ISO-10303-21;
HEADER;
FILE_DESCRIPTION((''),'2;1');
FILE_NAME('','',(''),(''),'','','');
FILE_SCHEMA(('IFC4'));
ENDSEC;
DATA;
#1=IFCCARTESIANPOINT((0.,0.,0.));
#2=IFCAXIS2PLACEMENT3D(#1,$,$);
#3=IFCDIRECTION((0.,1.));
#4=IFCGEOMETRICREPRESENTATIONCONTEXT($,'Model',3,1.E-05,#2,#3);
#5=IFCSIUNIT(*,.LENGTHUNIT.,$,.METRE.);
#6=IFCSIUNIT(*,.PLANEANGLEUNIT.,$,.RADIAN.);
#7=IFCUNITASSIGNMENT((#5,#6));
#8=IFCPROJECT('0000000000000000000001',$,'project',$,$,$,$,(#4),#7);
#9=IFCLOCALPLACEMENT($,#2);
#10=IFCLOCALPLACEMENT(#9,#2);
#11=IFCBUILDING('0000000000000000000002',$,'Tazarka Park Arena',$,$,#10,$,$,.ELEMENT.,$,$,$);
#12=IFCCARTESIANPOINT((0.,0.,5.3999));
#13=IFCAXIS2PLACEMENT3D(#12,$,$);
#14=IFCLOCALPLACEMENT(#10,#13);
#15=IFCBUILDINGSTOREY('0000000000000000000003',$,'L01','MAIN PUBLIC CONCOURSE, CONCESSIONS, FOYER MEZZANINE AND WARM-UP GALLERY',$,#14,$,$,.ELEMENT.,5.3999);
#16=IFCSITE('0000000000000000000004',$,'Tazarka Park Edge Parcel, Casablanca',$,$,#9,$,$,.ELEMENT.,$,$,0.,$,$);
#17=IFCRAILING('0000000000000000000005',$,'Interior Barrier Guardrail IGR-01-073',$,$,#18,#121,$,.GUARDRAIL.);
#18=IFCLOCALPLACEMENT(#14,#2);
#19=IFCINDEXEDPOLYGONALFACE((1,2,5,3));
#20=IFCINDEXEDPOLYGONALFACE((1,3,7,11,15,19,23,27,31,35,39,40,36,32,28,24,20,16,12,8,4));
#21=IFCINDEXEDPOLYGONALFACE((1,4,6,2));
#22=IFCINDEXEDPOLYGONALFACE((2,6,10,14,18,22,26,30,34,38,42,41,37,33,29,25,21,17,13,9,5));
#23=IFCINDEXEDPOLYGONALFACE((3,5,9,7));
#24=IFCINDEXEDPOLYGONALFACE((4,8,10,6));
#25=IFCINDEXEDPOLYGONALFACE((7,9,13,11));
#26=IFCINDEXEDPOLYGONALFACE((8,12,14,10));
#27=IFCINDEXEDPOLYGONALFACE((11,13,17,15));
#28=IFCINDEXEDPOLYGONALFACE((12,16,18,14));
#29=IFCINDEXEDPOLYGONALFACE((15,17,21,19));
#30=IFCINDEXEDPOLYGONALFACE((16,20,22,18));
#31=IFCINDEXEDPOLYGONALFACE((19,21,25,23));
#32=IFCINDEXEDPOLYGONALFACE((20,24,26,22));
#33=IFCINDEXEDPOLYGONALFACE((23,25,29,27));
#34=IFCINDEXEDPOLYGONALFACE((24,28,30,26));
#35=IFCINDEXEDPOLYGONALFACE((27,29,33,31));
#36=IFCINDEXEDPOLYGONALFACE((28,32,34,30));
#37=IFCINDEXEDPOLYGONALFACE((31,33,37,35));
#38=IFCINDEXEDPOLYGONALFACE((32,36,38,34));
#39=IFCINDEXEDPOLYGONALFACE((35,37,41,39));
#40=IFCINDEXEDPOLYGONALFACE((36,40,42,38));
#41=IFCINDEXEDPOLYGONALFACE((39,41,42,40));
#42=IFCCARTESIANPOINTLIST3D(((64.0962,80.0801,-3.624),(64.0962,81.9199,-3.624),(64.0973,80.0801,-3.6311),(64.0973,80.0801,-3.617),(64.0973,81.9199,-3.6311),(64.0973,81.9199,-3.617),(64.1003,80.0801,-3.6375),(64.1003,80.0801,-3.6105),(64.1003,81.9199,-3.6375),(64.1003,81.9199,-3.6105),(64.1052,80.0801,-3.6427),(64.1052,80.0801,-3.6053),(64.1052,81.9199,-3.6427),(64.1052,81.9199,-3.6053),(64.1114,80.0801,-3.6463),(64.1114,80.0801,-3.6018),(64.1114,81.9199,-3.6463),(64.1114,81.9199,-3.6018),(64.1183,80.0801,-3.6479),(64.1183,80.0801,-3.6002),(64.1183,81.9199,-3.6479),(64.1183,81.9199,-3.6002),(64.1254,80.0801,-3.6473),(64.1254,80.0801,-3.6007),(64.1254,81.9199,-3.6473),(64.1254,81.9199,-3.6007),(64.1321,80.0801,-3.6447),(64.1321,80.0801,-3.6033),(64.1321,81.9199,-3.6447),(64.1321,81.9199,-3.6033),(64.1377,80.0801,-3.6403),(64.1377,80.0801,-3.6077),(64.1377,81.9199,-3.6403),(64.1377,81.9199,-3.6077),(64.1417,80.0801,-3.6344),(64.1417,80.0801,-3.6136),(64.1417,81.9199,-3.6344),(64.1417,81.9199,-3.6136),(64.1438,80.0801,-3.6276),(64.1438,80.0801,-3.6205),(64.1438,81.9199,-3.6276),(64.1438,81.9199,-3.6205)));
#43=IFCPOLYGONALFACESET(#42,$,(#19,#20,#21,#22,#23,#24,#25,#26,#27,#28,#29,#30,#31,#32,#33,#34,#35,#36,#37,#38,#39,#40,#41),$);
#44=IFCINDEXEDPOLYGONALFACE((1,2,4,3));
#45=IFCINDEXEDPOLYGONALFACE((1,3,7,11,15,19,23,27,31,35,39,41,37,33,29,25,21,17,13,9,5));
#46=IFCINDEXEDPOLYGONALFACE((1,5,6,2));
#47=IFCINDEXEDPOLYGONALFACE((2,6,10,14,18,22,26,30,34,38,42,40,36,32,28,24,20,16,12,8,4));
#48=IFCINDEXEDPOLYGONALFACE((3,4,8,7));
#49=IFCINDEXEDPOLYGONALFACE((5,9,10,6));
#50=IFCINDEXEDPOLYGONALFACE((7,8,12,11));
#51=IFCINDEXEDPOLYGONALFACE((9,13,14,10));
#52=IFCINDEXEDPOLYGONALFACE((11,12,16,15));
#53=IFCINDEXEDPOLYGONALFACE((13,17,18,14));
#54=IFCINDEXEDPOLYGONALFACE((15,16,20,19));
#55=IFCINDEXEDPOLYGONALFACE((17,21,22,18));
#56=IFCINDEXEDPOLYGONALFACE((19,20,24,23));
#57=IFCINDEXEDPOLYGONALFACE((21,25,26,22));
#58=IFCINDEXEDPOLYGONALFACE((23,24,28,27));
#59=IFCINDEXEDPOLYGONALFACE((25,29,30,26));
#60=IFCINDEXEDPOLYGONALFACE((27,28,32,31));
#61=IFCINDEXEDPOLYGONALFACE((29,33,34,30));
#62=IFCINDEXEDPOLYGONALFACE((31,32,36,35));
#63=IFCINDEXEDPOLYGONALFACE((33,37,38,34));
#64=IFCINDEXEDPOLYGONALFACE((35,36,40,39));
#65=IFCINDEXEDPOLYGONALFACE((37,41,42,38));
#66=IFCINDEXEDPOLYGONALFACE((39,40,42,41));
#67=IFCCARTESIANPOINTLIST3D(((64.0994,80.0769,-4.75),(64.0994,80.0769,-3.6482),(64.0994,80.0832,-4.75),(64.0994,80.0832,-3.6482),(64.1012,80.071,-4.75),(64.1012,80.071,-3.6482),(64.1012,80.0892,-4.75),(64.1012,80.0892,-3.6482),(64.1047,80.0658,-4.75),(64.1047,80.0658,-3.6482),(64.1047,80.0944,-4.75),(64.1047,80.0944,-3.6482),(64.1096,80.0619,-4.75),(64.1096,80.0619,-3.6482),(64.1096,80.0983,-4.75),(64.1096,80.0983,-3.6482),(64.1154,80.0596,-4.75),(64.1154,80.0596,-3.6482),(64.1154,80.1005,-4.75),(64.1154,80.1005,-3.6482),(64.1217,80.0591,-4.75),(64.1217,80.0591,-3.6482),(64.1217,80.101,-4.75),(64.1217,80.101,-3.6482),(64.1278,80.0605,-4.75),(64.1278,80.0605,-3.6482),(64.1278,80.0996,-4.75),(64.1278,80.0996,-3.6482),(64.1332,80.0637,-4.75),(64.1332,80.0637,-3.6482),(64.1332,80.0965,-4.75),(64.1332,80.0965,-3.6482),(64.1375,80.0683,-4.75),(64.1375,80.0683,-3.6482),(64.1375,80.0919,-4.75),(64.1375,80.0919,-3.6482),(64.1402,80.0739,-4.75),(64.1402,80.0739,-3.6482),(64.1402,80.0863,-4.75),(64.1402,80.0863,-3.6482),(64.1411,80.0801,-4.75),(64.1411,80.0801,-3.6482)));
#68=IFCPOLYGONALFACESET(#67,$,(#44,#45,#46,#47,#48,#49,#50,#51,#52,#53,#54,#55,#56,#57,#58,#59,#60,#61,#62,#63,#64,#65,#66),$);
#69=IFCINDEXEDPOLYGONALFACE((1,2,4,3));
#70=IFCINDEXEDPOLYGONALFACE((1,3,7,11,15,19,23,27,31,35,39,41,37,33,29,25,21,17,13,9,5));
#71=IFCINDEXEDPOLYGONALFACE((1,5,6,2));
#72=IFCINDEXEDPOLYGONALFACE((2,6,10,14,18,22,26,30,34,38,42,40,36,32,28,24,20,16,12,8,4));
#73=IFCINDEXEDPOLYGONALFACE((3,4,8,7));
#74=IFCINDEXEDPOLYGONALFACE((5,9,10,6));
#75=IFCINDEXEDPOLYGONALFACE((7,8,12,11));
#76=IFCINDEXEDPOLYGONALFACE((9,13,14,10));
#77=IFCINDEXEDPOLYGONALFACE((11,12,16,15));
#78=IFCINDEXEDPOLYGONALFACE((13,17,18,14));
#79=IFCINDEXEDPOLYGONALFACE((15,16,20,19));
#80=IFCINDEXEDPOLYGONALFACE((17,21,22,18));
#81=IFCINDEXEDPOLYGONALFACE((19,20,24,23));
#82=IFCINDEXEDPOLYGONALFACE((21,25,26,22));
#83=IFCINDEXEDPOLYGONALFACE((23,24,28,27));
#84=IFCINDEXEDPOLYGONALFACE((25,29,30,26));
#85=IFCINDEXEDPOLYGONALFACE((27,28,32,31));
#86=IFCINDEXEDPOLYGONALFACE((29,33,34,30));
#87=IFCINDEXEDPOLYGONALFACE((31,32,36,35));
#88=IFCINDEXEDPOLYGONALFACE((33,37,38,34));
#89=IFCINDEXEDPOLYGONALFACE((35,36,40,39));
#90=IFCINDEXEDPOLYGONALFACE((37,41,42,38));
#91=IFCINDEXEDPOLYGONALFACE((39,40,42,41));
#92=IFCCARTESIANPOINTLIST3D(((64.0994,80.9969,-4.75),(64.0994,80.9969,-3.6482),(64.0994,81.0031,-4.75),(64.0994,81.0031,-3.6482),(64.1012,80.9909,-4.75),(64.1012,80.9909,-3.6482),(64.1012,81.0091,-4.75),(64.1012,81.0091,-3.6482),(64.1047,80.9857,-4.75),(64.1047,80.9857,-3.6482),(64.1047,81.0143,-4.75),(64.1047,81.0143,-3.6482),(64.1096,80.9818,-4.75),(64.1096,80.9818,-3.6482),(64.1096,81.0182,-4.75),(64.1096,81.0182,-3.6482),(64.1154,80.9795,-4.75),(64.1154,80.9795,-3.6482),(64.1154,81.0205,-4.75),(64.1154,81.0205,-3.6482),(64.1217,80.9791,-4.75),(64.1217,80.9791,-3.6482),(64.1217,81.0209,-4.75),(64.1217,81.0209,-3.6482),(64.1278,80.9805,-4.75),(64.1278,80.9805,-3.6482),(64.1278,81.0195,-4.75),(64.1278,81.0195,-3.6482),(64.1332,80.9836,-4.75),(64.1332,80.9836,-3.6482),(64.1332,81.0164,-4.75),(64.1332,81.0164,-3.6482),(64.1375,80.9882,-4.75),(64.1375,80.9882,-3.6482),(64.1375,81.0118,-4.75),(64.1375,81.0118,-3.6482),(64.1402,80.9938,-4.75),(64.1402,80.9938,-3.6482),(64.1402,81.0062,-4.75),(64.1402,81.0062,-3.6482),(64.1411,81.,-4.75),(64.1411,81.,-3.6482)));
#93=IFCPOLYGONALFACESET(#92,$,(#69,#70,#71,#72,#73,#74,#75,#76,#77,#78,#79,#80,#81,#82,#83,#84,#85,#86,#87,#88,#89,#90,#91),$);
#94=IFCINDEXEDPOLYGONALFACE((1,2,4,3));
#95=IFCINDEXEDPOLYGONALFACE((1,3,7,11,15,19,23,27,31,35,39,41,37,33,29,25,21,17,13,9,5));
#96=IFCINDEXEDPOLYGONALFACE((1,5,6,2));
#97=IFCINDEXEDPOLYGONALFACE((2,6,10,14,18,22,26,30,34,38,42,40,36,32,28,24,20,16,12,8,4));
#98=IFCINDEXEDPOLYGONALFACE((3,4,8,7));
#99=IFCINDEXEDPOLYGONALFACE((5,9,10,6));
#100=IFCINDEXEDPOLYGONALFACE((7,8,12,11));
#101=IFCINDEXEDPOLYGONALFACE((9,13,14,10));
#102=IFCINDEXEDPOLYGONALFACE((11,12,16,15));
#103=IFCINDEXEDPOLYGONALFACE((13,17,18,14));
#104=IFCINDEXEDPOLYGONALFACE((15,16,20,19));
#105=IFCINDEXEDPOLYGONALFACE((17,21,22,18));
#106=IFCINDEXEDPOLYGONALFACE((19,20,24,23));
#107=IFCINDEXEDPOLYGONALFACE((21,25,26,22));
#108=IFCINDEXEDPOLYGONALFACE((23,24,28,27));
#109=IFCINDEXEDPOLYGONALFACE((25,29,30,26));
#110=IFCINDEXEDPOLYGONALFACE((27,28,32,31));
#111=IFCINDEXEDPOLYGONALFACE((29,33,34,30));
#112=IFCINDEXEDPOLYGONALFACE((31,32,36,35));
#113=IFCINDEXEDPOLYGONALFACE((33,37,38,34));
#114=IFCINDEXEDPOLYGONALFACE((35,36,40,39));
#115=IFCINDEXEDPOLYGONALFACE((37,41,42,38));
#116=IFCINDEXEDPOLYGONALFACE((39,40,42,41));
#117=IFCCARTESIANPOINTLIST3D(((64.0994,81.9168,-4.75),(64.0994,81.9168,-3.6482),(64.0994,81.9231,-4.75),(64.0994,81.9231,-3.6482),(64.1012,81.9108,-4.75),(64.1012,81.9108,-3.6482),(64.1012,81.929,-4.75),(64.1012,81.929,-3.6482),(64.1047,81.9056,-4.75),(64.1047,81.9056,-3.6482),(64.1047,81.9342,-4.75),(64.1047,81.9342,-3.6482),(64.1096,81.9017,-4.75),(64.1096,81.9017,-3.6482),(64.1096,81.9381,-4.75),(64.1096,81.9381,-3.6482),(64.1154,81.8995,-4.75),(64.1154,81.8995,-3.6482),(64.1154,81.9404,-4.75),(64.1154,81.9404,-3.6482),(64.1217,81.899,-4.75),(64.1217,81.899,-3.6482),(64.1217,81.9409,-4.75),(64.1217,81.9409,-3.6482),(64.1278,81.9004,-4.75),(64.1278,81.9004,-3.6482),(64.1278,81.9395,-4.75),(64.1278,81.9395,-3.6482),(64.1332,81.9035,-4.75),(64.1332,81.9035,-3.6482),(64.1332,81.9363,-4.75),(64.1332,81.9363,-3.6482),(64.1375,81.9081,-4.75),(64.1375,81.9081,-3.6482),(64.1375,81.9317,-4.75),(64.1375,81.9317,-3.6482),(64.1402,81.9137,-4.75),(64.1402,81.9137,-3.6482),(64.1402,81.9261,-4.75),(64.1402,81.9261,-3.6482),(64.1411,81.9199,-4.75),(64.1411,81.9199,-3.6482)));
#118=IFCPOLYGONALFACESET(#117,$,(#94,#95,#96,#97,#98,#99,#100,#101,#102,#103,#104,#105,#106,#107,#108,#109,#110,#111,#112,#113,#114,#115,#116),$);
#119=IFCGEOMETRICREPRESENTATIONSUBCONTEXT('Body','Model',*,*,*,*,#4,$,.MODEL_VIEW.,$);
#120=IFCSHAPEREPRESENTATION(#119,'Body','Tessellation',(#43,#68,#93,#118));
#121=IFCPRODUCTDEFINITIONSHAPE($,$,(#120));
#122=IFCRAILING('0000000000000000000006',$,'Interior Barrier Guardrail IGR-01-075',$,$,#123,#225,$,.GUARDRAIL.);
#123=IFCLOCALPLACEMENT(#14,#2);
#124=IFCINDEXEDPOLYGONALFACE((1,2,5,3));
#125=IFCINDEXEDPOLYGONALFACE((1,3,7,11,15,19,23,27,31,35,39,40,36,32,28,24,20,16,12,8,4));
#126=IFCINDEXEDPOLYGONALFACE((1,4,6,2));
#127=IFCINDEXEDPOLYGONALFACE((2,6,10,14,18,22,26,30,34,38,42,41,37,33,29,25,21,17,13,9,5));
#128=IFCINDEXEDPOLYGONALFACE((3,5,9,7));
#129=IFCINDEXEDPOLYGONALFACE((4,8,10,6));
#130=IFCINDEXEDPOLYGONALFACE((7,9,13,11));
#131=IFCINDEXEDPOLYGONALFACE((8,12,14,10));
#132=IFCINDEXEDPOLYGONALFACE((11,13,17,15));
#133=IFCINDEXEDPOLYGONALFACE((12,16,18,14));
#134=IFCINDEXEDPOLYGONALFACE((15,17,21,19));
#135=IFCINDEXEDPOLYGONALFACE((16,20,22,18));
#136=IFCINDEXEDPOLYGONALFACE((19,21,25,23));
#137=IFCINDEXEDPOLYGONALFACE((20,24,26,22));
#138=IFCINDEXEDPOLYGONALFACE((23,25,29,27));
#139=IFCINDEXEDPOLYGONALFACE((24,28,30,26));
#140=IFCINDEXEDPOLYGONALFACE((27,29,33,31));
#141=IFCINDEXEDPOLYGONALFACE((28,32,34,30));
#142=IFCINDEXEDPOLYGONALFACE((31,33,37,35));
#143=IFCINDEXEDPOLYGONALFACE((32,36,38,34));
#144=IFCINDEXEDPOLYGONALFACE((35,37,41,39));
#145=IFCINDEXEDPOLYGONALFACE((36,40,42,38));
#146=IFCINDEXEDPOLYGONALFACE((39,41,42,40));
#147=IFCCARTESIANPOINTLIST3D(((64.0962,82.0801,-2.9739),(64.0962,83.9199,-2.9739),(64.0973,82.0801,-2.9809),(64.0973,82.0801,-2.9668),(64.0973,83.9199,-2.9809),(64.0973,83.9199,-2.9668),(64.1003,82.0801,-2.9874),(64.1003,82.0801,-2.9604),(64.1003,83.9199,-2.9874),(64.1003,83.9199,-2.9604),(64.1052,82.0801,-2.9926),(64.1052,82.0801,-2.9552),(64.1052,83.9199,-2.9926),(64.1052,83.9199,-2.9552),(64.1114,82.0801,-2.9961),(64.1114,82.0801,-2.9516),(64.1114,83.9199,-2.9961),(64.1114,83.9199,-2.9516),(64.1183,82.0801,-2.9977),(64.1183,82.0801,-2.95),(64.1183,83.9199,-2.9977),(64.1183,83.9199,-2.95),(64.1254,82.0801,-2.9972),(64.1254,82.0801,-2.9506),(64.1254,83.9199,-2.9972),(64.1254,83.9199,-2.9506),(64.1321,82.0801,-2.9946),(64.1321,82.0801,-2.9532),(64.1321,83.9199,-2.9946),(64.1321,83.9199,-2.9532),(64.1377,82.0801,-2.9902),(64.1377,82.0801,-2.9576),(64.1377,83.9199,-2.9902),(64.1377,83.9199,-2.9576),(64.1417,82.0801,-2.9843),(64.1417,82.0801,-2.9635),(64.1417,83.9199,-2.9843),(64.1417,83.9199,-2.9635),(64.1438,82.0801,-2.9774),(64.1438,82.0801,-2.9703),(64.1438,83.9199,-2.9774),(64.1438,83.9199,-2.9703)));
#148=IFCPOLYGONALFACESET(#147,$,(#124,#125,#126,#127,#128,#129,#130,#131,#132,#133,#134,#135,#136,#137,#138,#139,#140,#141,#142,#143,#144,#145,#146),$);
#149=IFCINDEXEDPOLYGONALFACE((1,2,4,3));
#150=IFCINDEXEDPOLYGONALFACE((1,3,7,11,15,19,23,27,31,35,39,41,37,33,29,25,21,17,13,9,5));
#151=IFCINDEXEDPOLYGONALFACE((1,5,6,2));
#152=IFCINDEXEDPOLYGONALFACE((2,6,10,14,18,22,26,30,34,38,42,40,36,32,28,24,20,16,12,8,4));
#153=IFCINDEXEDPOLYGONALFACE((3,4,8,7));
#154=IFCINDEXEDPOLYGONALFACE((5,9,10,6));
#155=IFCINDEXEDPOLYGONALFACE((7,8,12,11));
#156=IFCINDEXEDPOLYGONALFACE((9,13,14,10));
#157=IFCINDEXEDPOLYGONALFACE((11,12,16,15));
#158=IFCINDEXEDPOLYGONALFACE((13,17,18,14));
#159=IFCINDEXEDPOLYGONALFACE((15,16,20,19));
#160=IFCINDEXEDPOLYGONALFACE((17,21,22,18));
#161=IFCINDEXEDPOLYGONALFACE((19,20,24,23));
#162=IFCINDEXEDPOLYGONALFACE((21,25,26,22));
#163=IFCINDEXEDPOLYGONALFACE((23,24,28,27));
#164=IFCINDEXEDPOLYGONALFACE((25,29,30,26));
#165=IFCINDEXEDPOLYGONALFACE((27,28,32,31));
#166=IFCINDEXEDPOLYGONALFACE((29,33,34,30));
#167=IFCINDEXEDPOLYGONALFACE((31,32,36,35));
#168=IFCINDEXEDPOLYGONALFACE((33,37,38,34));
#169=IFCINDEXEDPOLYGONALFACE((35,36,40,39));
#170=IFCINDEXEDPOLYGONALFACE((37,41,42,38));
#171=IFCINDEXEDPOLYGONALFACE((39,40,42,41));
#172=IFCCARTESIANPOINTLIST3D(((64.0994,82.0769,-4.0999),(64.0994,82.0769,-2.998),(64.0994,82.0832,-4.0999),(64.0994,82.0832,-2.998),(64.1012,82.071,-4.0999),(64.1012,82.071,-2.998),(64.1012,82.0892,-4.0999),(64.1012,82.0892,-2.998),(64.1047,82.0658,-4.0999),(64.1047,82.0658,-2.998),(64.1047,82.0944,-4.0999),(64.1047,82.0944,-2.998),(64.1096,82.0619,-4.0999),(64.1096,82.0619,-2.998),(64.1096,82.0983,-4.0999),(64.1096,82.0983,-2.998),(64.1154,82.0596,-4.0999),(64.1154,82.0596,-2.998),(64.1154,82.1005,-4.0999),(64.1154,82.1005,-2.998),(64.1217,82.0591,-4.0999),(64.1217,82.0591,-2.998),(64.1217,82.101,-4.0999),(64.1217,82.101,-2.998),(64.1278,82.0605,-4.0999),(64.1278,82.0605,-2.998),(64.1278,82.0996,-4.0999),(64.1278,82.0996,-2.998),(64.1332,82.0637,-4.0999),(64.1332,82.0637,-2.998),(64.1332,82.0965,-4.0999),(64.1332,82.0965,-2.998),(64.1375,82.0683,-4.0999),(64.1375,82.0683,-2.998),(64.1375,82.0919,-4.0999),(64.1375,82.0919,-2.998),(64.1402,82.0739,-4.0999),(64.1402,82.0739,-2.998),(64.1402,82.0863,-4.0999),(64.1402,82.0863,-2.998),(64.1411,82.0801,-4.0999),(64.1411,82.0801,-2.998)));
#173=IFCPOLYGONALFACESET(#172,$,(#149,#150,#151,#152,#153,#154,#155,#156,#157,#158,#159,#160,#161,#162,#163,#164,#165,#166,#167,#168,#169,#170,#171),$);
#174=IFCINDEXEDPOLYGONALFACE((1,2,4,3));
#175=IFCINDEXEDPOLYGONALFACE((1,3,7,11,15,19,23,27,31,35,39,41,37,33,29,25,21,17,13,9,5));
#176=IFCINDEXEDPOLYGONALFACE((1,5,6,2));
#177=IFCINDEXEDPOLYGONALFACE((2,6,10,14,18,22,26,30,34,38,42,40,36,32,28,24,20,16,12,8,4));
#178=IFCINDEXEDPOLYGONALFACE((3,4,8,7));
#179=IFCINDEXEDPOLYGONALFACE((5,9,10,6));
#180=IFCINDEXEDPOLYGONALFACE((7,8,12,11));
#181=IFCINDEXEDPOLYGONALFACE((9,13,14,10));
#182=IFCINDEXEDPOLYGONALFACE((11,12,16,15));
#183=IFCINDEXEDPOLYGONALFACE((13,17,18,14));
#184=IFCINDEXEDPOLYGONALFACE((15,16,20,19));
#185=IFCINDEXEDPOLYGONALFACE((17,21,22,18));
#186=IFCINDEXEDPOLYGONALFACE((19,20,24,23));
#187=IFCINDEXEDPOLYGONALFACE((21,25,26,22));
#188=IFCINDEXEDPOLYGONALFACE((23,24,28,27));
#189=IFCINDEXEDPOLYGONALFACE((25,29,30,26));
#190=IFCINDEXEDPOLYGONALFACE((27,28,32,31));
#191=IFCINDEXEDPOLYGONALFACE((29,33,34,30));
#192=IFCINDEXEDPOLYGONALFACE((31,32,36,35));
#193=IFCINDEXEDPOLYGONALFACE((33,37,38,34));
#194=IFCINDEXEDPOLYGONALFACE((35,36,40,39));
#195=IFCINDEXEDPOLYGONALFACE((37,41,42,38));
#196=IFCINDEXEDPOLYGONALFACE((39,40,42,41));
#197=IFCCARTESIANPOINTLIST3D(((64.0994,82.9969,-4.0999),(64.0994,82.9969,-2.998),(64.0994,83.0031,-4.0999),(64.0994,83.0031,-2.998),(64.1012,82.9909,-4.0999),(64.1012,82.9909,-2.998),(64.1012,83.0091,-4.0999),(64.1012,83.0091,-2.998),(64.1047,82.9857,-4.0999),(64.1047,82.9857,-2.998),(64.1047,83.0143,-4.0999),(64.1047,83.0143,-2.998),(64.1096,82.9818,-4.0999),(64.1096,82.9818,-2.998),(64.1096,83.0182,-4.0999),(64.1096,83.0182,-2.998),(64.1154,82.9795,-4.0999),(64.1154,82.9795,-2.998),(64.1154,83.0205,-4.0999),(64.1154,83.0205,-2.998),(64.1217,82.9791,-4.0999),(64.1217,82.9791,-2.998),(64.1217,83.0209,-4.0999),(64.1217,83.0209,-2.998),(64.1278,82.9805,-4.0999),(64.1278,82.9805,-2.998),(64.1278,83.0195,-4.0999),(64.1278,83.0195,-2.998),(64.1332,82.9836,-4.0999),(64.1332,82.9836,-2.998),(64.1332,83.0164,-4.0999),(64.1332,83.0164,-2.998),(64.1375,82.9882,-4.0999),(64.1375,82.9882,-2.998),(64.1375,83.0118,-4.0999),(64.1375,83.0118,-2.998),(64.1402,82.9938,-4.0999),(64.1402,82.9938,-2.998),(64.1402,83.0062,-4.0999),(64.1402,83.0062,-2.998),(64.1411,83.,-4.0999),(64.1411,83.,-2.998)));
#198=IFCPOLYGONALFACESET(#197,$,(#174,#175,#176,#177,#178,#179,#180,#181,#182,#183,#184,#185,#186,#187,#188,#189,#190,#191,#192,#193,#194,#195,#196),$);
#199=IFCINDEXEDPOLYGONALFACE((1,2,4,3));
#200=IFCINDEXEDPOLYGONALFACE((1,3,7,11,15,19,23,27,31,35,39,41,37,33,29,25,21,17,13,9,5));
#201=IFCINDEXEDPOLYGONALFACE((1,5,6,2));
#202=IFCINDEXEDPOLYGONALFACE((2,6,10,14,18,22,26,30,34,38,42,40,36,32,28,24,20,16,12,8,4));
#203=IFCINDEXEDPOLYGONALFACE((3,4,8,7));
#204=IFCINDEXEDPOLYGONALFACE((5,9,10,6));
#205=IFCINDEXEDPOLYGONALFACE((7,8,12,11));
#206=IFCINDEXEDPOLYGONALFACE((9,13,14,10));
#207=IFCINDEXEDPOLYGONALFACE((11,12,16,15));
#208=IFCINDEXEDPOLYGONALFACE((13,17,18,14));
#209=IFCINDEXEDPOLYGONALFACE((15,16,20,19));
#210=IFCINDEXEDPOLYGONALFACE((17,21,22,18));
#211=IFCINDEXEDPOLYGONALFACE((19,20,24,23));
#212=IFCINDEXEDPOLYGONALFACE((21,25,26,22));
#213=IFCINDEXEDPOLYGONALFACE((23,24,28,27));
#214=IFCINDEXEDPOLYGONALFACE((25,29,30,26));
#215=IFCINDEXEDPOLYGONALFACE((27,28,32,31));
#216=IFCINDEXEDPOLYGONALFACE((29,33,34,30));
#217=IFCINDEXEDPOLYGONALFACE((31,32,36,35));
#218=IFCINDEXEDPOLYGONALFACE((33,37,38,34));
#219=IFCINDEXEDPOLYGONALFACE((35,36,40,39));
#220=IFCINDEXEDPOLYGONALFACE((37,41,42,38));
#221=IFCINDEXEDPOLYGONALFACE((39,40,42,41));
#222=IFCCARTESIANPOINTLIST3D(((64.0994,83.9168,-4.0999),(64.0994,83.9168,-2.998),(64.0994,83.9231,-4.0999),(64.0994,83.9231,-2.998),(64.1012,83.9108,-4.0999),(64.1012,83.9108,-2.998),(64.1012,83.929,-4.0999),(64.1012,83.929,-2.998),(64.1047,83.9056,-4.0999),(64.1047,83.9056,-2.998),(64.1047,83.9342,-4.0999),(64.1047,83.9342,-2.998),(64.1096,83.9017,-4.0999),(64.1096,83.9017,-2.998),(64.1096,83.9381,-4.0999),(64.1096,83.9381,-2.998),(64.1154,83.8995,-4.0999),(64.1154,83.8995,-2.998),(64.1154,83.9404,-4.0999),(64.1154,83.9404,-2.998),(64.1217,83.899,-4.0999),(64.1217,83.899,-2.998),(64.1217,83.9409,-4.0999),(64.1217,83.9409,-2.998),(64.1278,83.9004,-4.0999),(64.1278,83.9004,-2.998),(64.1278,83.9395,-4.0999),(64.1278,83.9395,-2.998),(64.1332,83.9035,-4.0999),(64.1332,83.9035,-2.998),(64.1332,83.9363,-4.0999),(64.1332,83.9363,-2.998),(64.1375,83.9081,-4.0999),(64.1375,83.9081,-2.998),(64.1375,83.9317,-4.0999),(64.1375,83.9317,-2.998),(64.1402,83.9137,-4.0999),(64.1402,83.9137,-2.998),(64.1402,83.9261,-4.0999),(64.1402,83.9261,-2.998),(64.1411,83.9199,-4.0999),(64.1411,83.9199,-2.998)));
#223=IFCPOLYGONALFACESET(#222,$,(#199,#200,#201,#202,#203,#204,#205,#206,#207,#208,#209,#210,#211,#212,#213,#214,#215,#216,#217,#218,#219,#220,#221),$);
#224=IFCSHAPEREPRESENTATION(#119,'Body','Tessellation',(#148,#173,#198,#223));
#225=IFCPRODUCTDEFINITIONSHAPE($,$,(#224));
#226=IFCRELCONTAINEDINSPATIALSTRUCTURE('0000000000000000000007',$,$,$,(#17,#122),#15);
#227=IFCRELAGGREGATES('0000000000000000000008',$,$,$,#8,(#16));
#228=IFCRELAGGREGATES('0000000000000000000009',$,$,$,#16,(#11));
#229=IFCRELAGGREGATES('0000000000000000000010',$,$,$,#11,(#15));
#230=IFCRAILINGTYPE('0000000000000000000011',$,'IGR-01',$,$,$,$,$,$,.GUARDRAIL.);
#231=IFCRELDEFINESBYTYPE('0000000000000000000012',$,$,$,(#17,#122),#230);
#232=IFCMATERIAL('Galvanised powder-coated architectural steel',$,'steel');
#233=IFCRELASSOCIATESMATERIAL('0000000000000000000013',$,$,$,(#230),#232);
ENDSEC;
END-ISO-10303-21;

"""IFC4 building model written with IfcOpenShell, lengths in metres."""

from ifc_helpers import new_model, si_unit, direction, frame, origin, origin_2d, place, context, subcontext, project, spatial, circle, extrude, material, type_object, element, save


model = new_model("IFC4")

# Units and contexts
model_context = context("Model", 3, precision=1e-05, world=origin(), true_north=direction((0.0, 1.0)))
body_context = subcontext(model_context, "Body", "Model", "MODEL_VIEW")
ifc_project = project(units=[si_unit("LENGTHUNIT", "METRE"), si_unit("PLANEANGLEUNIT", "RADIAN")], contexts=[model_context])

# Site, building, storey
site_placement = place(None, origin())
site = spatial("IfcSite", under=ifc_project, at=site_placement, Name="Tazarka Park Edge Parcel, Casablanca", CompositionType="ELEMENT", RefElevation=0.0)
building_placement = place(site_placement, origin())
building = spatial("IfcBuilding", under=site, at=building_placement, Name="Tazarka Park Arena", CompositionType="ELEMENT")
storey_placement = place(building_placement, frame((0.0, 0.0, 5.3999)))
storey = spatial("IfcBuildingStorey", under=building, at=storey_placement, Name="L01", Description="MAIN PUBLIC CONCOURSE, CONCESSIONS, FOYER MEZZANINE AND WARM-UP GALLERY", CompositionType="ELEMENT", Elevation=5.3999)

# Railings
ifc_material_1 = material(Name="Galvanised powder-coated architectural steel", Category="steel")
railing_type = type_object("IfcRailingType", Name="IGR-01", PredefinedType="GUARDRAIL", material=ifc_material_1)
for number, where, name in (
    (1, (64.1201, 80.0801, -4.75), "Interior Barrier Guardrail IGR-01-073"),
    (2, (64.1201, 82.0801, -4.0999), "Interior Barrier Guardrail IGR-01-075"),
):
    element("IfcRailing", number, at=place(storey_placement, frame(where)), inside=storey, type_object=railing_type, Name=name, PredefinedType="GUARDRAIL", context=body_context, shape_type="SweptSolid", body=[
        extrude(circle(Radius=0.0239, at=origin_2d()), frame((0.0, 0.0, 1.126), z_axis=(0.0, 1.0, 0.0), x_axis=(-1.0, 0.0, 0.0)), (0.0, 0.0, 1.0), 1.8398),
        extrude(circle(Radius=0.021, at=origin_2d()), origin(), (0.0, 0.0, 1.0), 1.1018),
        extrude(circle(Radius=0.021, at=origin_2d()), frame((0.0, 0.9199, 0.0)), (0.0, 0.0, 1.0), 1.1018),
        extrude(circle(Radius=0.021, at=origin_2d()), frame((0.0, 1.8398, 0.0)), (0.0, 0.0, 1.0), 1.1018),
    ])

save(model, "model.ifc")
